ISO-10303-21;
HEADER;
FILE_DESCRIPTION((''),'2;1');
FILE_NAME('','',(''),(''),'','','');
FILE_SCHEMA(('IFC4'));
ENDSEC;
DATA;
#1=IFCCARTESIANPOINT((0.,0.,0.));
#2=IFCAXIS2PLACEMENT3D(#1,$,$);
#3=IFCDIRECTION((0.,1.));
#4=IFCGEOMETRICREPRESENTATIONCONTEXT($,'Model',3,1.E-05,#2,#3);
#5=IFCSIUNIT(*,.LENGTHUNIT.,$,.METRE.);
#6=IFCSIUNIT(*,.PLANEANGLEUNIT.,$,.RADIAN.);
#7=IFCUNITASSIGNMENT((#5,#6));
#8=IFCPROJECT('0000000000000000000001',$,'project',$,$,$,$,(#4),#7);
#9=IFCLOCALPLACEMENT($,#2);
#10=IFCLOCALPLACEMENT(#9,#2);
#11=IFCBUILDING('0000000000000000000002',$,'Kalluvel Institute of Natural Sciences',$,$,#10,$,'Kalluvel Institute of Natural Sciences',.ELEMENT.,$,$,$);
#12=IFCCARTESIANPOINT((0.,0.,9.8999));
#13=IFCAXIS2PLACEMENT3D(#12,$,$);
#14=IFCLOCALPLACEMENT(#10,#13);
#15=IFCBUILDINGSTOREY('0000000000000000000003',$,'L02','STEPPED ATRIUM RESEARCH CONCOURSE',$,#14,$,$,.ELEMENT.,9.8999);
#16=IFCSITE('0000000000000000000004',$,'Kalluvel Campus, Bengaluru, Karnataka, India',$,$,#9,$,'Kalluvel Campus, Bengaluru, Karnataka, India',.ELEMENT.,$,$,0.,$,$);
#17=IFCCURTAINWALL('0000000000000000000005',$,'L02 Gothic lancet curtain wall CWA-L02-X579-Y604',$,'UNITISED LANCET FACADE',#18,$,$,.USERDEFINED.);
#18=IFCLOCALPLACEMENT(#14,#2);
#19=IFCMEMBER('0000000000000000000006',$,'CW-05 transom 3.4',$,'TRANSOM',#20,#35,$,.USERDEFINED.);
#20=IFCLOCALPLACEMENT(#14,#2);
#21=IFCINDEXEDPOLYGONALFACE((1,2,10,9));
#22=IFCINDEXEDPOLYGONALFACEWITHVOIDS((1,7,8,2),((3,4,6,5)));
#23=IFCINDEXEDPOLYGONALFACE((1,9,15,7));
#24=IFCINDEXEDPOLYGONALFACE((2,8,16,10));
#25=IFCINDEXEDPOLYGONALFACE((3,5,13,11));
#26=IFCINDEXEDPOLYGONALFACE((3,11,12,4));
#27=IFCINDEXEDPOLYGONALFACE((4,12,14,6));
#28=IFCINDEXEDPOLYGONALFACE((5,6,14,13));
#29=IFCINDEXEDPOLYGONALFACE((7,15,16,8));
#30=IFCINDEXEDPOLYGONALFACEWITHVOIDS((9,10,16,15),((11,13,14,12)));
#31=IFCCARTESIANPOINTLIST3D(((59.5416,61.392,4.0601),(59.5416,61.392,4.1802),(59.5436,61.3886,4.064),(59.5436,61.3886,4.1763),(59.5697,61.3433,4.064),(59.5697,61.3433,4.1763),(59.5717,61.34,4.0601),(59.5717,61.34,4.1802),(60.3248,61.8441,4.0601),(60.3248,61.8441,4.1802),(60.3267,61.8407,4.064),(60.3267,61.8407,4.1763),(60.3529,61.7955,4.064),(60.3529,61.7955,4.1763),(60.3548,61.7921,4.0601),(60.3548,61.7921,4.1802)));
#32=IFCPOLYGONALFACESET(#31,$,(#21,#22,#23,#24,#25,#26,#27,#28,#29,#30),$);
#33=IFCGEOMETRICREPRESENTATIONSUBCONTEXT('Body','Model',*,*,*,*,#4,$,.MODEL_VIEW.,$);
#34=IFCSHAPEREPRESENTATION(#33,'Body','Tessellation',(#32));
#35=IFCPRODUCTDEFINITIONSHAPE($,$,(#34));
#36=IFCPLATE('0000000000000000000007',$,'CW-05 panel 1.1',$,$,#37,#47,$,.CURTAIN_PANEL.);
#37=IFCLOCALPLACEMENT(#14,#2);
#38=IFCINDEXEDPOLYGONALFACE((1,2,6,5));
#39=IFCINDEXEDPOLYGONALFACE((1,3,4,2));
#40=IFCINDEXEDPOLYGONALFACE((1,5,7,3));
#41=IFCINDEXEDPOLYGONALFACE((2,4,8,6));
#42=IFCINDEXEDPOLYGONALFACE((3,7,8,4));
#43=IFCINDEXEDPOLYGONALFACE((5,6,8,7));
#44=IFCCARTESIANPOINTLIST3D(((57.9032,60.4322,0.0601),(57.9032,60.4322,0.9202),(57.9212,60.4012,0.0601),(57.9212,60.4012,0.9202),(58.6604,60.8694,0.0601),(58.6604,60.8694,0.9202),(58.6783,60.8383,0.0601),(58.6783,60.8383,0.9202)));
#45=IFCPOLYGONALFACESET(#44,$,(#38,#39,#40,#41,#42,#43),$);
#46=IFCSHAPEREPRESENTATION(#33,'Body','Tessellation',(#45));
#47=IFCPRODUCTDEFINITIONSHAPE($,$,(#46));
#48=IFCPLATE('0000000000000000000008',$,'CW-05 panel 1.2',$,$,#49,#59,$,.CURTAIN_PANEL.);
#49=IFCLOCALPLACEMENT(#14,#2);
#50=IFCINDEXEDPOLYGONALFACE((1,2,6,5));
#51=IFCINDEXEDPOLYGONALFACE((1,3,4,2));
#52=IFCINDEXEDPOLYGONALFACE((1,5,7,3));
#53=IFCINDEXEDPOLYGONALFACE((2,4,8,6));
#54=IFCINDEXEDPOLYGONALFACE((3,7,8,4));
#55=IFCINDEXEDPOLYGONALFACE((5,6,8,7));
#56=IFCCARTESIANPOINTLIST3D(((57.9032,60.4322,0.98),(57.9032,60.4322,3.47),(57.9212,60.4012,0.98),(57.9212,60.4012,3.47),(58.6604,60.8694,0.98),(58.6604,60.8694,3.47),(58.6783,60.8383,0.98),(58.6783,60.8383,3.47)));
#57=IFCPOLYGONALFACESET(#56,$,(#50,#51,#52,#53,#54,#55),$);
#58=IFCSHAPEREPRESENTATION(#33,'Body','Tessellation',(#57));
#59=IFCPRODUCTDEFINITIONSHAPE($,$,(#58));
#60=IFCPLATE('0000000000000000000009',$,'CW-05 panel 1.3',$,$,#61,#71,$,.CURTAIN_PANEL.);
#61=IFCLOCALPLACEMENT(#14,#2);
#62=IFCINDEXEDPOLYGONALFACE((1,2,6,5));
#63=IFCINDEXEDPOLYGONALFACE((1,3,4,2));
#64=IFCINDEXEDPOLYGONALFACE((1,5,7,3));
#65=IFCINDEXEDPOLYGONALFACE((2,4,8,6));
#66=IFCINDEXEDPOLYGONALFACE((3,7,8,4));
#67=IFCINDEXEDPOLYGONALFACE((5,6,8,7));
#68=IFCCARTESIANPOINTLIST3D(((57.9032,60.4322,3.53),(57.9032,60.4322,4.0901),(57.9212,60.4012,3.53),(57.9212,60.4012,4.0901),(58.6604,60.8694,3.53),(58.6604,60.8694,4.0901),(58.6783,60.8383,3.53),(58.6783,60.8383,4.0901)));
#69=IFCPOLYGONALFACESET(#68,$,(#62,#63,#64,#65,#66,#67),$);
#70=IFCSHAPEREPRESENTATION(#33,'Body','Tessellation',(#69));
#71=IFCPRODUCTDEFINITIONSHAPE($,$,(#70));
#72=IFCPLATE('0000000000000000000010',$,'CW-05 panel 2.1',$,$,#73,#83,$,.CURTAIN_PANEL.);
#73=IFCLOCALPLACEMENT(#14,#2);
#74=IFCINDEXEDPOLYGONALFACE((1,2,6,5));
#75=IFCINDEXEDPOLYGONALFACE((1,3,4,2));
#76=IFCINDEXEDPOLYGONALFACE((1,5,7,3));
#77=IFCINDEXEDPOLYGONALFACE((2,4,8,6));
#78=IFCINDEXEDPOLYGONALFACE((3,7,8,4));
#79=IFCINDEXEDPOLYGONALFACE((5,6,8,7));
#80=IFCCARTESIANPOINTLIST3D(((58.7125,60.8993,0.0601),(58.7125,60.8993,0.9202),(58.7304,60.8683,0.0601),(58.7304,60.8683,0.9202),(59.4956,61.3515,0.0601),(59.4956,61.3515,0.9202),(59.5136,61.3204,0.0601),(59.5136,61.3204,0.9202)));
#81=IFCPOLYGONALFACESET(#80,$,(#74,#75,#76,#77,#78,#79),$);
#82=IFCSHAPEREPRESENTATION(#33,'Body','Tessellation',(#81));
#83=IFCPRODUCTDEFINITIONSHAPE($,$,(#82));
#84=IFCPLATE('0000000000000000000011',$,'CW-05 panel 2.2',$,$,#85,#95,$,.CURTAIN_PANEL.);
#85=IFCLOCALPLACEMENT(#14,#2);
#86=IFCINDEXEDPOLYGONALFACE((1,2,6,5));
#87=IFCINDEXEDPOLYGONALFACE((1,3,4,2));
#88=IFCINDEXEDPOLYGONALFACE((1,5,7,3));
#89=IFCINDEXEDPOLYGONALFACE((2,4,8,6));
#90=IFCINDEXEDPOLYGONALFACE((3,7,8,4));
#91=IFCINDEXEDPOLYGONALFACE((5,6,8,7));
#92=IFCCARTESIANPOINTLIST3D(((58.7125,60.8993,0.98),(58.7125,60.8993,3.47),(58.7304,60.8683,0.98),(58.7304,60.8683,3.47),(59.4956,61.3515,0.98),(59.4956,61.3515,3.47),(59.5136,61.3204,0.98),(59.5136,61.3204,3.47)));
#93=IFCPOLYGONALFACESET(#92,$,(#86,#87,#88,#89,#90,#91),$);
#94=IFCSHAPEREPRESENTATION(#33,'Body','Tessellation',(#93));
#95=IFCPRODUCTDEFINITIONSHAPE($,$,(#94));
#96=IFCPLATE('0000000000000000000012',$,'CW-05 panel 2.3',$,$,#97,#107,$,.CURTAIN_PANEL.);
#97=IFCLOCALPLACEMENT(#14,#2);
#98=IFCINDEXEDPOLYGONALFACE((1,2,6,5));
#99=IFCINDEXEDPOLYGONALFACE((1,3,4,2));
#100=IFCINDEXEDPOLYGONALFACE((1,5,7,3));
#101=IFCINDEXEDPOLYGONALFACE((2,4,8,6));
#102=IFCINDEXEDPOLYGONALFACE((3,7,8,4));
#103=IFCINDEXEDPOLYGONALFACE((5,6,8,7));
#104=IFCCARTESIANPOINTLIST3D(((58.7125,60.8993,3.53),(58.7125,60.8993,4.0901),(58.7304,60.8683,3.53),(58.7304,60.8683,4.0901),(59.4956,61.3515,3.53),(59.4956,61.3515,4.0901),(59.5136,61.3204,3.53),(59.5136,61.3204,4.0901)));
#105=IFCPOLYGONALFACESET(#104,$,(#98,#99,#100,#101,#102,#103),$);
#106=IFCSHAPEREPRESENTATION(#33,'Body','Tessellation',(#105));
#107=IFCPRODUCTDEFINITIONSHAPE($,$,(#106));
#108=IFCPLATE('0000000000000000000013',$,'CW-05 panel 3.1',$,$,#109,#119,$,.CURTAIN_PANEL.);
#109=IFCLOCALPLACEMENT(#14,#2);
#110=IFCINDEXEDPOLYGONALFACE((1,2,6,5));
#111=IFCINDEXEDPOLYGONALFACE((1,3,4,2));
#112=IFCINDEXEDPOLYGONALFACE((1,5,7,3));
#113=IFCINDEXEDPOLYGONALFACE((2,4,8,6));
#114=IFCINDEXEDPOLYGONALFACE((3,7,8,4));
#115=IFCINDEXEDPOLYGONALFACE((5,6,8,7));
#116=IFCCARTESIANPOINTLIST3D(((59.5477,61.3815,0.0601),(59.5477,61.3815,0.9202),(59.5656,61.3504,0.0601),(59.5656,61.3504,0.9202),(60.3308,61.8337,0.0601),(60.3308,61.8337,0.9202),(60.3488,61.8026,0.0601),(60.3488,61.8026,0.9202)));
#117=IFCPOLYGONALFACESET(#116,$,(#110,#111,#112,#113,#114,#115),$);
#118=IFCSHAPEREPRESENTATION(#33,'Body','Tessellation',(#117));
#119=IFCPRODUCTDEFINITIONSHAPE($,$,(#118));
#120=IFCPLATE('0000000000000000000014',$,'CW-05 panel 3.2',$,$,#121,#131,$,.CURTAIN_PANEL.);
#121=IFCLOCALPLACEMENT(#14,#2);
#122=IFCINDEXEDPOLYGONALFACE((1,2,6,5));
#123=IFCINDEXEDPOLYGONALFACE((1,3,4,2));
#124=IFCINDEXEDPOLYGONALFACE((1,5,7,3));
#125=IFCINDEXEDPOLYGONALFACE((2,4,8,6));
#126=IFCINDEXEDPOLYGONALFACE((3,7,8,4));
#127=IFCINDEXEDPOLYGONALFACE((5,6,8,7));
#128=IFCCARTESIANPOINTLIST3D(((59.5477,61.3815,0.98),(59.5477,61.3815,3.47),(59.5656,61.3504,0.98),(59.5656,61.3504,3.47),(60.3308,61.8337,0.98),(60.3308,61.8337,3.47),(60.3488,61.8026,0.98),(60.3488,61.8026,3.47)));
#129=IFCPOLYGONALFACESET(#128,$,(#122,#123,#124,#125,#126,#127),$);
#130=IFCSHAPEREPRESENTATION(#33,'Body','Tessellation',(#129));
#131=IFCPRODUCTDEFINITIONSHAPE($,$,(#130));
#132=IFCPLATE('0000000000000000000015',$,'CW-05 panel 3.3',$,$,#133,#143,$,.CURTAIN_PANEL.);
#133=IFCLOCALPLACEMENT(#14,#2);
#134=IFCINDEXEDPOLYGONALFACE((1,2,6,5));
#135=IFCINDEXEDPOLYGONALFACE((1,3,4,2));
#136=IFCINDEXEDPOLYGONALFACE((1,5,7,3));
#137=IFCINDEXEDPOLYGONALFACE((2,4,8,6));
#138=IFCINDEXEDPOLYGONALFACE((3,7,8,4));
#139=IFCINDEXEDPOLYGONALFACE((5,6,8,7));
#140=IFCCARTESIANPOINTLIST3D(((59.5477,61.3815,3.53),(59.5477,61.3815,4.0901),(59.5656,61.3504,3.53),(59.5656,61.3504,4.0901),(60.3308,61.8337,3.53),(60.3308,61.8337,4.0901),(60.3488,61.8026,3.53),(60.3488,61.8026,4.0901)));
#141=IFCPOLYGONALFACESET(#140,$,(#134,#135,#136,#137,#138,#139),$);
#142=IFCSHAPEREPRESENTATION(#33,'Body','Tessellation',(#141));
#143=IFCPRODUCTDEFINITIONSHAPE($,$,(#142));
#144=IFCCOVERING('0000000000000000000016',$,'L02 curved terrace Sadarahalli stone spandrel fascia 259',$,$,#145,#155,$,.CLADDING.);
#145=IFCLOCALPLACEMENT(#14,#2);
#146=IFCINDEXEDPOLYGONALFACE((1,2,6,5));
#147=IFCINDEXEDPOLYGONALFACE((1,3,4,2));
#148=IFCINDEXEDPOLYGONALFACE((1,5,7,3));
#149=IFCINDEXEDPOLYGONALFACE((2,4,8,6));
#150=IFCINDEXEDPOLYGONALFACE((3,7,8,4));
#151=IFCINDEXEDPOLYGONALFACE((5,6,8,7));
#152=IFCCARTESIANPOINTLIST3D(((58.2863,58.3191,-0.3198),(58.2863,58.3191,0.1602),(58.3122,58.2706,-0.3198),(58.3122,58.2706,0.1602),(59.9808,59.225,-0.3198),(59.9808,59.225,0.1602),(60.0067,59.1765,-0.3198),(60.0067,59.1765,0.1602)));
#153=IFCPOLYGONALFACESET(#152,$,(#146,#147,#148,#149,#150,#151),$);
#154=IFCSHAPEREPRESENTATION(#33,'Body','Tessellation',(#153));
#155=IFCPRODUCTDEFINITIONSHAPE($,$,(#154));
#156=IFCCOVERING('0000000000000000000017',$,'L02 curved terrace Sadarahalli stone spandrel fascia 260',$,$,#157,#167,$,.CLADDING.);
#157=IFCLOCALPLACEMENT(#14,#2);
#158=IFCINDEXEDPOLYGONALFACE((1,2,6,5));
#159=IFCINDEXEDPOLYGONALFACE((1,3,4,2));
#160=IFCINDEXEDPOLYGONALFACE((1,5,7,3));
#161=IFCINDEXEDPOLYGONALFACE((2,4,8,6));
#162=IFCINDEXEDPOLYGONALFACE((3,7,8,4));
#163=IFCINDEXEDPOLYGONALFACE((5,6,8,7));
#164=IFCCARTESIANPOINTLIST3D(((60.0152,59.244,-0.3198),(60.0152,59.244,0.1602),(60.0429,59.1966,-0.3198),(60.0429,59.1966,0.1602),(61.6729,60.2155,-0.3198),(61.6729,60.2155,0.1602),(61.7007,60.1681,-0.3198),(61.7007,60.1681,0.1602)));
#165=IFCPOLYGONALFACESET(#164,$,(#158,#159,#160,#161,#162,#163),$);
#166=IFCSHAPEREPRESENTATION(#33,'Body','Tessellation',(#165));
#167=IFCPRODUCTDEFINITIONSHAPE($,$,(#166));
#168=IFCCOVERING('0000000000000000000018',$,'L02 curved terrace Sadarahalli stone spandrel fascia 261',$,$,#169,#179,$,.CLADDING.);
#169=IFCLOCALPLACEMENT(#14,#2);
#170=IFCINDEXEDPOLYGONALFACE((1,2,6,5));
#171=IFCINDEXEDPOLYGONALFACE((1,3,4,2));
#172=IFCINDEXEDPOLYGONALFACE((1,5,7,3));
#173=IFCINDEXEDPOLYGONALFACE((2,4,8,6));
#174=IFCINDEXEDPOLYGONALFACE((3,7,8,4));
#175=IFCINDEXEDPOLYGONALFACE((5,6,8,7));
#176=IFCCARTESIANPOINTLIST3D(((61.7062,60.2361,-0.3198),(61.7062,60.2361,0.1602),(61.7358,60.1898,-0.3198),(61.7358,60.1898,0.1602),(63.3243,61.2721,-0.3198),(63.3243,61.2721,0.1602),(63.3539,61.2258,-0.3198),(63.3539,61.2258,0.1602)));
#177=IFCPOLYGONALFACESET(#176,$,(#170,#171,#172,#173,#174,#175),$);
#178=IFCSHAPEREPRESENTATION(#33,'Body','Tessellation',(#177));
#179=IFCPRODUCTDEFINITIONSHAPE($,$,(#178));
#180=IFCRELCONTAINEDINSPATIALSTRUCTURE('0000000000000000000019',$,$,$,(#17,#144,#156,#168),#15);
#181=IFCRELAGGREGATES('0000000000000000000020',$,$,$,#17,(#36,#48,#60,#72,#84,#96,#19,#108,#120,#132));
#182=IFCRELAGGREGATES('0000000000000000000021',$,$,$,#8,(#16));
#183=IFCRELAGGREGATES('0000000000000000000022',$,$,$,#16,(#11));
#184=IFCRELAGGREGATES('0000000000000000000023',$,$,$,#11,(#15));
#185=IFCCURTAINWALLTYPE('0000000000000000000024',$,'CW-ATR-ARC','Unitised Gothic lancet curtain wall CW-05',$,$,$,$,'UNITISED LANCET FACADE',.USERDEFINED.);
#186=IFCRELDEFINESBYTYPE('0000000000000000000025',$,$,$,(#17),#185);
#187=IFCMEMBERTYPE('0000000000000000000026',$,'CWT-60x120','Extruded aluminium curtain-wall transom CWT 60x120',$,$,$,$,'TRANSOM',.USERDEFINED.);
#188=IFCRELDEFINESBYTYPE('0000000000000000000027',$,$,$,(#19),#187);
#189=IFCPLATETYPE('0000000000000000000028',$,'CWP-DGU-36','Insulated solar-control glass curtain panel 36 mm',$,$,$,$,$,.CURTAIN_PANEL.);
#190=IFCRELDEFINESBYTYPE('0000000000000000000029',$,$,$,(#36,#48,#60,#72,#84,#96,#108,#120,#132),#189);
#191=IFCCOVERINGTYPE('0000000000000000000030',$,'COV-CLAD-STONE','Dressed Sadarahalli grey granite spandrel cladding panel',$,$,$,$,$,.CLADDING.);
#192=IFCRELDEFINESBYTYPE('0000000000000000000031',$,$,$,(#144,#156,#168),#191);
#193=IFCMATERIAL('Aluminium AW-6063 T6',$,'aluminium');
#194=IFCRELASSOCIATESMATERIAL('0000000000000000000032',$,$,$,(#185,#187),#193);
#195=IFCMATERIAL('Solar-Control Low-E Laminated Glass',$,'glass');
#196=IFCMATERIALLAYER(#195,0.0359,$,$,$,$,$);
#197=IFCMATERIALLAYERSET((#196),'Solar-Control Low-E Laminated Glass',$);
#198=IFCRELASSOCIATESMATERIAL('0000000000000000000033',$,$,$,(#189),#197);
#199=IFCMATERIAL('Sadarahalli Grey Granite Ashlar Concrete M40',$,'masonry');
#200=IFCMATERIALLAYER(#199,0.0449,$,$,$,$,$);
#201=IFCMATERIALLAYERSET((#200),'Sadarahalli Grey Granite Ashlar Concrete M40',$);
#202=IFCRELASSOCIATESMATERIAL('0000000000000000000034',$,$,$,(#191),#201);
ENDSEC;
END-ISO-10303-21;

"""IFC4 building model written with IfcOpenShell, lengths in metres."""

from ifc_helpers import new_model, si_unit, direction, frame, origin, origin_2d, place, context, subcontext, project, spatial, rectangle, hollow_rectangle, extrude, material, layer, layer_set, material_profile, profile_set, type_object, element, aggregate, save


model = new_model("IFC4")

# Units and contexts
model_context = context("Model", 3, precision=1e-05, world=origin(), true_north=direction((0.0, 1.0)))
body_context = subcontext(model_context, "Body", "Model", "MODEL_VIEW")
ifc_project = project(units=[si_unit("LENGTHUNIT", "METRE"), si_unit("PLANEANGLEUNIT", "RADIAN")], contexts=[model_context])

# Site, building, storey
site_placement = place(None, origin())
site = spatial("IfcSite", under=ifc_project, at=site_placement, Name="Kalluvel Campus, Bengaluru, Karnataka, India", LongName="Kalluvel Campus, Bengaluru, Karnataka, India", CompositionType="ELEMENT", RefElevation=0.0)
building_placement = place(site_placement, origin())
building = spatial("IfcBuilding", under=site, at=building_placement, Name="Kalluvel Institute of Natural Sciences", LongName="Kalluvel Institute of Natural Sciences", CompositionType="ELEMENT")
storey_placement = place(building_placement, frame((0.0, 0.0, 9.8999)))
storey = spatial("IfcBuildingStorey", under=building, at=storey_placement, Name="L02", Description="STEPPED ATRIUM RESEARCH CONCOURSE", CompositionType="ELEMENT", Elevation=9.8999)

# Curtain wall, member, plates
ifc_material_1 = material(Name="Aluminium AW-6063 T6", Category="aluminium")
curtain_wall_type = type_object("IfcCurtainWallType", Name="CW-ATR-ARC", Description="Unitised Gothic lancet curtain wall CW-05", ElementType="UNITISED LANCET FACADE", PredefinedType="USERDEFINED", material=ifc_material_1)
curtain_wall_placement = place(storey_placement, origin())
curtain_wall = element("IfcCurtainWall", 1, at=curtain_wall_placement, inside=storey, type_object=curtain_wall_type, Name="L02 Gothic lancet curtain wall CWA-L02-X579-Y604", ObjectType="UNITISED LANCET FACADE", PredefinedType="USERDEFINED")
ifc_material_profile_1 = material_profile(ifc_material_1, hollow_rectangle(XDim=0.0601, YDim=0.1201, WallThickness=0.0039, at=origin_2d()), Name="CWT 60x120")
ifc_profile_set_1 = profile_set([ifc_material_profile_1], Name="Aluminium AW-6063 T6")
member_type_1 = type_object("IfcMemberType", Name="CWT-60x120", Description="Extruded aluminium curtain-wall transom CWT 60x120", ElementType="TRANSOM", PredefinedType="USERDEFINED", material=ifc_profile_set_1)
member_1_placement = place(storey_placement, frame((59.5566, 61.366, 4.1201), z_axis=(0.866042, 0.499972, 0.0), x_axis=(-0.499972, 0.866042, 0.0)))
member_1 = element("IfcMember", 2, at=member_1_placement, type_object=member_type_1, Name="CW-05 transom 3.4", ObjectType="TRANSOM", PredefinedType="USERDEFINED", context=body_context, shape_type="SweptSolid", body=[
    extrude(hollow_rectangle(XDim=0.0601, YDim=0.1201, WallThickness=0.0039, at=origin_2d()), origin(), (0.0, 0.0, 1.0), 0.9043),
])
ifc_material_2 = material(Name="Solar-Control Low-E Laminated Glass", Category="glass")
ifc_layer_1 = layer(ifc_material_2, 0.0359)
ifc_layer_set_1 = layer_set([ifc_layer_1], Name="Solar-Control Low-E Laminated Glass")
plate_type = type_object("IfcPlateType", Name="CWP-DGU-36", Description="Insulated solar-control glass curtain panel 36 mm", PredefinedType="CURTAIN_PANEL", material=ifc_layer_set_1)
plate_1_placement = place(storey_placement, frame((58.2908, 60.6353, 0.0601), z_axis=(0.0, 0.0, 1.0), x_axis=(0.866031, 0.499989, 0.0)))
plate_1 = element("IfcPlate", 3, at=plate_1_placement, type_object=plate_type, Name="CW-05 panel 1.1", PredefinedType="CURTAIN_PANEL", context=body_context, shape_type="SweptSolid", body=[
    extrude(rectangle(XDim=0.8743, YDim=0.0359, at=origin_2d()), origin(), (0.0, 0.0, 1.0), 0.8601),
])
plate_2_placement = place(storey_placement, frame((58.2908, 60.6353, 0.98), z_axis=(0.0, 0.0, 1.0), x_axis=(0.866031, 0.499989, 0.0)))
plate_2 = element("IfcPlate", 4, at=plate_2_placement, type_object=plate_type, Name="CW-05 panel 1.2", PredefinedType="CURTAIN_PANEL", context=body_context, shape_type="SweptSolid", body=[
    extrude(rectangle(XDim=0.8743, YDim=0.0359, at=origin_2d()), origin(), (0.0, 0.0, 1.0), 2.49),
])
plate_3_placement = place(storey_placement, frame((58.2908, 60.6353, 3.53), z_axis=(0.0, 0.0, 1.0), x_axis=(0.866031, 0.499989, 0.0)))
plate_3 = element("IfcPlate", 5, at=plate_3_placement, type_object=plate_type, Name="CW-05 panel 1.3", PredefinedType="CURTAIN_PANEL", context=body_context, shape_type="SweptSolid", body=[
    extrude(rectangle(XDim=0.8743, YDim=0.0359, at=origin_2d()), origin(), (0.0, 0.0, 1.0), 0.5601),
])
plate_4_placement = place(storey_placement, frame((59.113, 61.1099, 0.0601), z_axis=(0.0, 0.0, 1.0), x_axis=(0.866031, 0.499989, 0.0)))
plate_4 = element("IfcPlate", 6, at=plate_4_placement, type_object=plate_type, Name="CW-05 panel 2.1", PredefinedType="CURTAIN_PANEL", context=body_context, shape_type="SweptSolid", body=[
    extrude(rectangle(XDim=0.9043, YDim=0.0359, at=origin_2d()), origin(), (0.0, 0.0, 1.0), 0.8601),
])
plate_5_placement = place(storey_placement, frame((59.113, 61.1099, 0.98), z_axis=(0.0, 0.0, 1.0), x_axis=(0.866031, 0.499989, 0.0)))
plate_5 = element("IfcPlate", 7, at=plate_5_placement, type_object=plate_type, Name="CW-05 panel 2.2", PredefinedType="CURTAIN_PANEL", context=body_context, shape_type="SweptSolid", body=[
    extrude(rectangle(XDim=0.9043, YDim=0.0359, at=origin_2d()), origin(), (0.0, 0.0, 1.0), 2.49),
])
plate_6_placement = place(storey_placement, frame((59.113, 61.1099, 3.53), z_axis=(0.0, 0.0, 1.0), x_axis=(0.866031, 0.499989, 0.0)))
plate_6 = element("IfcPlate", 8, at=plate_6_placement, type_object=plate_type, Name="CW-05 panel 2.3", PredefinedType="CURTAIN_PANEL", context=body_context, shape_type="SweptSolid", body=[
    extrude(rectangle(XDim=0.9043, YDim=0.0359, at=origin_2d()), origin(), (0.0, 0.0, 1.0), 0.5601),
])
plate_7_placement = place(storey_placement, frame((59.9482, 61.592, 0.0601), z_axis=(0.0, 0.0, 1.0), x_axis=(0.866031, 0.499989, 0.0)))
plate_7 = element("IfcPlate", 9, at=plate_7_placement, type_object=plate_type, Name="CW-05 panel 3.1", PredefinedType="CURTAIN_PANEL", context=body_context, shape_type="SweptSolid", body=[
    extrude(rectangle(XDim=0.9043, YDim=0.0359, at=origin_2d()), origin(), (0.0, 0.0, 1.0), 0.8601),
])
plate_8_placement = place(storey_placement, frame((59.9482, 61.592, 0.98), z_axis=(0.0, 0.0, 1.0), x_axis=(0.866031, 0.499989, 0.0)))
plate_8 = element("IfcPlate", 10, at=plate_8_placement, type_object=plate_type, Name="CW-05 panel 3.2", PredefinedType="CURTAIN_PANEL", context=body_context, shape_type="SweptSolid", body=[
    extrude(rectangle(XDim=0.9043, YDim=0.0359, at=origin_2d()), origin(), (0.0, 0.0, 1.0), 2.49),
])
plate_9_placement = place(storey_placement, frame((59.9482, 61.592, 3.53), z_axis=(0.0, 0.0, 1.0), x_axis=(0.866031, 0.499989, 0.0)))
plate_9 = element("IfcPlate", 11, at=plate_9_placement, type_object=plate_type, Name="CW-05 panel 3.3", PredefinedType="CURTAIN_PANEL", context=body_context, shape_type="SweptSolid", body=[
    extrude(rectangle(XDim=0.9043, YDim=0.0359, at=origin_2d()), origin(), (0.0, 0.0, 1.0), 0.5601),
])
aggregate(curtain_wall, [plate_1, plate_2, plate_3, plate_4, plate_5, plate_6, member_1, plate_7, plate_8, plate_9])

# Coverings
ifc_material_3 = material(Name="Sadarahalli Grey Granite Ashlar Concrete M40", Category="masonry")
ifc_layer_2 = layer(ifc_material_3, 0.0449)
ifc_layer_set_2 = layer_set([ifc_layer_2], Name="Sadarahalli Grey Granite Ashlar Concrete M40")
covering_type = type_object("IfcCoveringType", Name="COV-CLAD-STONE", Description="Dressed Sadarahalli grey granite spandrel cladding panel", PredefinedType="CLADDING", material=ifc_layer_set_2)
for number, where, z_axis, x_axis, name in (
    (12, (59.1465, 58.7478, -0.3198), (0.0, 0.0, 1.0), (0.88188, 0.471474, 0.0), "L02 curved terrace Sadarahalli stone spandrel fascia 259"),
    (13, (60.8579, 59.7061, -0.3198), (0.0, 0.0, 1.0), (0.862779, 0.505582, 0.0), "L02 curved terrace Sadarahalli stone spandrel fascia 260"),
    (14, (62.53, 60.731, -0.3198), (0.0, 0.0, 1.0), (0.84217, 0.539212, 0.0), "L02 curved terrace Sadarahalli stone spandrel fascia 261"),
):
    element("IfcCovering", number, at=place(storey_placement, frame(where, z_axis=z_axis, x_axis=x_axis)), inside=storey, type_object=covering_type, Name=name, PredefinedType="CLADDING", context=body_context, shape_type="SweptSolid", body=[
        extrude(rectangle(XDim=1.9214, YDim=0.0549, at=origin_2d()), origin(), (0.0, 0.0, 1.0), 0.48),
    ])

save(model, "model.ifc")
